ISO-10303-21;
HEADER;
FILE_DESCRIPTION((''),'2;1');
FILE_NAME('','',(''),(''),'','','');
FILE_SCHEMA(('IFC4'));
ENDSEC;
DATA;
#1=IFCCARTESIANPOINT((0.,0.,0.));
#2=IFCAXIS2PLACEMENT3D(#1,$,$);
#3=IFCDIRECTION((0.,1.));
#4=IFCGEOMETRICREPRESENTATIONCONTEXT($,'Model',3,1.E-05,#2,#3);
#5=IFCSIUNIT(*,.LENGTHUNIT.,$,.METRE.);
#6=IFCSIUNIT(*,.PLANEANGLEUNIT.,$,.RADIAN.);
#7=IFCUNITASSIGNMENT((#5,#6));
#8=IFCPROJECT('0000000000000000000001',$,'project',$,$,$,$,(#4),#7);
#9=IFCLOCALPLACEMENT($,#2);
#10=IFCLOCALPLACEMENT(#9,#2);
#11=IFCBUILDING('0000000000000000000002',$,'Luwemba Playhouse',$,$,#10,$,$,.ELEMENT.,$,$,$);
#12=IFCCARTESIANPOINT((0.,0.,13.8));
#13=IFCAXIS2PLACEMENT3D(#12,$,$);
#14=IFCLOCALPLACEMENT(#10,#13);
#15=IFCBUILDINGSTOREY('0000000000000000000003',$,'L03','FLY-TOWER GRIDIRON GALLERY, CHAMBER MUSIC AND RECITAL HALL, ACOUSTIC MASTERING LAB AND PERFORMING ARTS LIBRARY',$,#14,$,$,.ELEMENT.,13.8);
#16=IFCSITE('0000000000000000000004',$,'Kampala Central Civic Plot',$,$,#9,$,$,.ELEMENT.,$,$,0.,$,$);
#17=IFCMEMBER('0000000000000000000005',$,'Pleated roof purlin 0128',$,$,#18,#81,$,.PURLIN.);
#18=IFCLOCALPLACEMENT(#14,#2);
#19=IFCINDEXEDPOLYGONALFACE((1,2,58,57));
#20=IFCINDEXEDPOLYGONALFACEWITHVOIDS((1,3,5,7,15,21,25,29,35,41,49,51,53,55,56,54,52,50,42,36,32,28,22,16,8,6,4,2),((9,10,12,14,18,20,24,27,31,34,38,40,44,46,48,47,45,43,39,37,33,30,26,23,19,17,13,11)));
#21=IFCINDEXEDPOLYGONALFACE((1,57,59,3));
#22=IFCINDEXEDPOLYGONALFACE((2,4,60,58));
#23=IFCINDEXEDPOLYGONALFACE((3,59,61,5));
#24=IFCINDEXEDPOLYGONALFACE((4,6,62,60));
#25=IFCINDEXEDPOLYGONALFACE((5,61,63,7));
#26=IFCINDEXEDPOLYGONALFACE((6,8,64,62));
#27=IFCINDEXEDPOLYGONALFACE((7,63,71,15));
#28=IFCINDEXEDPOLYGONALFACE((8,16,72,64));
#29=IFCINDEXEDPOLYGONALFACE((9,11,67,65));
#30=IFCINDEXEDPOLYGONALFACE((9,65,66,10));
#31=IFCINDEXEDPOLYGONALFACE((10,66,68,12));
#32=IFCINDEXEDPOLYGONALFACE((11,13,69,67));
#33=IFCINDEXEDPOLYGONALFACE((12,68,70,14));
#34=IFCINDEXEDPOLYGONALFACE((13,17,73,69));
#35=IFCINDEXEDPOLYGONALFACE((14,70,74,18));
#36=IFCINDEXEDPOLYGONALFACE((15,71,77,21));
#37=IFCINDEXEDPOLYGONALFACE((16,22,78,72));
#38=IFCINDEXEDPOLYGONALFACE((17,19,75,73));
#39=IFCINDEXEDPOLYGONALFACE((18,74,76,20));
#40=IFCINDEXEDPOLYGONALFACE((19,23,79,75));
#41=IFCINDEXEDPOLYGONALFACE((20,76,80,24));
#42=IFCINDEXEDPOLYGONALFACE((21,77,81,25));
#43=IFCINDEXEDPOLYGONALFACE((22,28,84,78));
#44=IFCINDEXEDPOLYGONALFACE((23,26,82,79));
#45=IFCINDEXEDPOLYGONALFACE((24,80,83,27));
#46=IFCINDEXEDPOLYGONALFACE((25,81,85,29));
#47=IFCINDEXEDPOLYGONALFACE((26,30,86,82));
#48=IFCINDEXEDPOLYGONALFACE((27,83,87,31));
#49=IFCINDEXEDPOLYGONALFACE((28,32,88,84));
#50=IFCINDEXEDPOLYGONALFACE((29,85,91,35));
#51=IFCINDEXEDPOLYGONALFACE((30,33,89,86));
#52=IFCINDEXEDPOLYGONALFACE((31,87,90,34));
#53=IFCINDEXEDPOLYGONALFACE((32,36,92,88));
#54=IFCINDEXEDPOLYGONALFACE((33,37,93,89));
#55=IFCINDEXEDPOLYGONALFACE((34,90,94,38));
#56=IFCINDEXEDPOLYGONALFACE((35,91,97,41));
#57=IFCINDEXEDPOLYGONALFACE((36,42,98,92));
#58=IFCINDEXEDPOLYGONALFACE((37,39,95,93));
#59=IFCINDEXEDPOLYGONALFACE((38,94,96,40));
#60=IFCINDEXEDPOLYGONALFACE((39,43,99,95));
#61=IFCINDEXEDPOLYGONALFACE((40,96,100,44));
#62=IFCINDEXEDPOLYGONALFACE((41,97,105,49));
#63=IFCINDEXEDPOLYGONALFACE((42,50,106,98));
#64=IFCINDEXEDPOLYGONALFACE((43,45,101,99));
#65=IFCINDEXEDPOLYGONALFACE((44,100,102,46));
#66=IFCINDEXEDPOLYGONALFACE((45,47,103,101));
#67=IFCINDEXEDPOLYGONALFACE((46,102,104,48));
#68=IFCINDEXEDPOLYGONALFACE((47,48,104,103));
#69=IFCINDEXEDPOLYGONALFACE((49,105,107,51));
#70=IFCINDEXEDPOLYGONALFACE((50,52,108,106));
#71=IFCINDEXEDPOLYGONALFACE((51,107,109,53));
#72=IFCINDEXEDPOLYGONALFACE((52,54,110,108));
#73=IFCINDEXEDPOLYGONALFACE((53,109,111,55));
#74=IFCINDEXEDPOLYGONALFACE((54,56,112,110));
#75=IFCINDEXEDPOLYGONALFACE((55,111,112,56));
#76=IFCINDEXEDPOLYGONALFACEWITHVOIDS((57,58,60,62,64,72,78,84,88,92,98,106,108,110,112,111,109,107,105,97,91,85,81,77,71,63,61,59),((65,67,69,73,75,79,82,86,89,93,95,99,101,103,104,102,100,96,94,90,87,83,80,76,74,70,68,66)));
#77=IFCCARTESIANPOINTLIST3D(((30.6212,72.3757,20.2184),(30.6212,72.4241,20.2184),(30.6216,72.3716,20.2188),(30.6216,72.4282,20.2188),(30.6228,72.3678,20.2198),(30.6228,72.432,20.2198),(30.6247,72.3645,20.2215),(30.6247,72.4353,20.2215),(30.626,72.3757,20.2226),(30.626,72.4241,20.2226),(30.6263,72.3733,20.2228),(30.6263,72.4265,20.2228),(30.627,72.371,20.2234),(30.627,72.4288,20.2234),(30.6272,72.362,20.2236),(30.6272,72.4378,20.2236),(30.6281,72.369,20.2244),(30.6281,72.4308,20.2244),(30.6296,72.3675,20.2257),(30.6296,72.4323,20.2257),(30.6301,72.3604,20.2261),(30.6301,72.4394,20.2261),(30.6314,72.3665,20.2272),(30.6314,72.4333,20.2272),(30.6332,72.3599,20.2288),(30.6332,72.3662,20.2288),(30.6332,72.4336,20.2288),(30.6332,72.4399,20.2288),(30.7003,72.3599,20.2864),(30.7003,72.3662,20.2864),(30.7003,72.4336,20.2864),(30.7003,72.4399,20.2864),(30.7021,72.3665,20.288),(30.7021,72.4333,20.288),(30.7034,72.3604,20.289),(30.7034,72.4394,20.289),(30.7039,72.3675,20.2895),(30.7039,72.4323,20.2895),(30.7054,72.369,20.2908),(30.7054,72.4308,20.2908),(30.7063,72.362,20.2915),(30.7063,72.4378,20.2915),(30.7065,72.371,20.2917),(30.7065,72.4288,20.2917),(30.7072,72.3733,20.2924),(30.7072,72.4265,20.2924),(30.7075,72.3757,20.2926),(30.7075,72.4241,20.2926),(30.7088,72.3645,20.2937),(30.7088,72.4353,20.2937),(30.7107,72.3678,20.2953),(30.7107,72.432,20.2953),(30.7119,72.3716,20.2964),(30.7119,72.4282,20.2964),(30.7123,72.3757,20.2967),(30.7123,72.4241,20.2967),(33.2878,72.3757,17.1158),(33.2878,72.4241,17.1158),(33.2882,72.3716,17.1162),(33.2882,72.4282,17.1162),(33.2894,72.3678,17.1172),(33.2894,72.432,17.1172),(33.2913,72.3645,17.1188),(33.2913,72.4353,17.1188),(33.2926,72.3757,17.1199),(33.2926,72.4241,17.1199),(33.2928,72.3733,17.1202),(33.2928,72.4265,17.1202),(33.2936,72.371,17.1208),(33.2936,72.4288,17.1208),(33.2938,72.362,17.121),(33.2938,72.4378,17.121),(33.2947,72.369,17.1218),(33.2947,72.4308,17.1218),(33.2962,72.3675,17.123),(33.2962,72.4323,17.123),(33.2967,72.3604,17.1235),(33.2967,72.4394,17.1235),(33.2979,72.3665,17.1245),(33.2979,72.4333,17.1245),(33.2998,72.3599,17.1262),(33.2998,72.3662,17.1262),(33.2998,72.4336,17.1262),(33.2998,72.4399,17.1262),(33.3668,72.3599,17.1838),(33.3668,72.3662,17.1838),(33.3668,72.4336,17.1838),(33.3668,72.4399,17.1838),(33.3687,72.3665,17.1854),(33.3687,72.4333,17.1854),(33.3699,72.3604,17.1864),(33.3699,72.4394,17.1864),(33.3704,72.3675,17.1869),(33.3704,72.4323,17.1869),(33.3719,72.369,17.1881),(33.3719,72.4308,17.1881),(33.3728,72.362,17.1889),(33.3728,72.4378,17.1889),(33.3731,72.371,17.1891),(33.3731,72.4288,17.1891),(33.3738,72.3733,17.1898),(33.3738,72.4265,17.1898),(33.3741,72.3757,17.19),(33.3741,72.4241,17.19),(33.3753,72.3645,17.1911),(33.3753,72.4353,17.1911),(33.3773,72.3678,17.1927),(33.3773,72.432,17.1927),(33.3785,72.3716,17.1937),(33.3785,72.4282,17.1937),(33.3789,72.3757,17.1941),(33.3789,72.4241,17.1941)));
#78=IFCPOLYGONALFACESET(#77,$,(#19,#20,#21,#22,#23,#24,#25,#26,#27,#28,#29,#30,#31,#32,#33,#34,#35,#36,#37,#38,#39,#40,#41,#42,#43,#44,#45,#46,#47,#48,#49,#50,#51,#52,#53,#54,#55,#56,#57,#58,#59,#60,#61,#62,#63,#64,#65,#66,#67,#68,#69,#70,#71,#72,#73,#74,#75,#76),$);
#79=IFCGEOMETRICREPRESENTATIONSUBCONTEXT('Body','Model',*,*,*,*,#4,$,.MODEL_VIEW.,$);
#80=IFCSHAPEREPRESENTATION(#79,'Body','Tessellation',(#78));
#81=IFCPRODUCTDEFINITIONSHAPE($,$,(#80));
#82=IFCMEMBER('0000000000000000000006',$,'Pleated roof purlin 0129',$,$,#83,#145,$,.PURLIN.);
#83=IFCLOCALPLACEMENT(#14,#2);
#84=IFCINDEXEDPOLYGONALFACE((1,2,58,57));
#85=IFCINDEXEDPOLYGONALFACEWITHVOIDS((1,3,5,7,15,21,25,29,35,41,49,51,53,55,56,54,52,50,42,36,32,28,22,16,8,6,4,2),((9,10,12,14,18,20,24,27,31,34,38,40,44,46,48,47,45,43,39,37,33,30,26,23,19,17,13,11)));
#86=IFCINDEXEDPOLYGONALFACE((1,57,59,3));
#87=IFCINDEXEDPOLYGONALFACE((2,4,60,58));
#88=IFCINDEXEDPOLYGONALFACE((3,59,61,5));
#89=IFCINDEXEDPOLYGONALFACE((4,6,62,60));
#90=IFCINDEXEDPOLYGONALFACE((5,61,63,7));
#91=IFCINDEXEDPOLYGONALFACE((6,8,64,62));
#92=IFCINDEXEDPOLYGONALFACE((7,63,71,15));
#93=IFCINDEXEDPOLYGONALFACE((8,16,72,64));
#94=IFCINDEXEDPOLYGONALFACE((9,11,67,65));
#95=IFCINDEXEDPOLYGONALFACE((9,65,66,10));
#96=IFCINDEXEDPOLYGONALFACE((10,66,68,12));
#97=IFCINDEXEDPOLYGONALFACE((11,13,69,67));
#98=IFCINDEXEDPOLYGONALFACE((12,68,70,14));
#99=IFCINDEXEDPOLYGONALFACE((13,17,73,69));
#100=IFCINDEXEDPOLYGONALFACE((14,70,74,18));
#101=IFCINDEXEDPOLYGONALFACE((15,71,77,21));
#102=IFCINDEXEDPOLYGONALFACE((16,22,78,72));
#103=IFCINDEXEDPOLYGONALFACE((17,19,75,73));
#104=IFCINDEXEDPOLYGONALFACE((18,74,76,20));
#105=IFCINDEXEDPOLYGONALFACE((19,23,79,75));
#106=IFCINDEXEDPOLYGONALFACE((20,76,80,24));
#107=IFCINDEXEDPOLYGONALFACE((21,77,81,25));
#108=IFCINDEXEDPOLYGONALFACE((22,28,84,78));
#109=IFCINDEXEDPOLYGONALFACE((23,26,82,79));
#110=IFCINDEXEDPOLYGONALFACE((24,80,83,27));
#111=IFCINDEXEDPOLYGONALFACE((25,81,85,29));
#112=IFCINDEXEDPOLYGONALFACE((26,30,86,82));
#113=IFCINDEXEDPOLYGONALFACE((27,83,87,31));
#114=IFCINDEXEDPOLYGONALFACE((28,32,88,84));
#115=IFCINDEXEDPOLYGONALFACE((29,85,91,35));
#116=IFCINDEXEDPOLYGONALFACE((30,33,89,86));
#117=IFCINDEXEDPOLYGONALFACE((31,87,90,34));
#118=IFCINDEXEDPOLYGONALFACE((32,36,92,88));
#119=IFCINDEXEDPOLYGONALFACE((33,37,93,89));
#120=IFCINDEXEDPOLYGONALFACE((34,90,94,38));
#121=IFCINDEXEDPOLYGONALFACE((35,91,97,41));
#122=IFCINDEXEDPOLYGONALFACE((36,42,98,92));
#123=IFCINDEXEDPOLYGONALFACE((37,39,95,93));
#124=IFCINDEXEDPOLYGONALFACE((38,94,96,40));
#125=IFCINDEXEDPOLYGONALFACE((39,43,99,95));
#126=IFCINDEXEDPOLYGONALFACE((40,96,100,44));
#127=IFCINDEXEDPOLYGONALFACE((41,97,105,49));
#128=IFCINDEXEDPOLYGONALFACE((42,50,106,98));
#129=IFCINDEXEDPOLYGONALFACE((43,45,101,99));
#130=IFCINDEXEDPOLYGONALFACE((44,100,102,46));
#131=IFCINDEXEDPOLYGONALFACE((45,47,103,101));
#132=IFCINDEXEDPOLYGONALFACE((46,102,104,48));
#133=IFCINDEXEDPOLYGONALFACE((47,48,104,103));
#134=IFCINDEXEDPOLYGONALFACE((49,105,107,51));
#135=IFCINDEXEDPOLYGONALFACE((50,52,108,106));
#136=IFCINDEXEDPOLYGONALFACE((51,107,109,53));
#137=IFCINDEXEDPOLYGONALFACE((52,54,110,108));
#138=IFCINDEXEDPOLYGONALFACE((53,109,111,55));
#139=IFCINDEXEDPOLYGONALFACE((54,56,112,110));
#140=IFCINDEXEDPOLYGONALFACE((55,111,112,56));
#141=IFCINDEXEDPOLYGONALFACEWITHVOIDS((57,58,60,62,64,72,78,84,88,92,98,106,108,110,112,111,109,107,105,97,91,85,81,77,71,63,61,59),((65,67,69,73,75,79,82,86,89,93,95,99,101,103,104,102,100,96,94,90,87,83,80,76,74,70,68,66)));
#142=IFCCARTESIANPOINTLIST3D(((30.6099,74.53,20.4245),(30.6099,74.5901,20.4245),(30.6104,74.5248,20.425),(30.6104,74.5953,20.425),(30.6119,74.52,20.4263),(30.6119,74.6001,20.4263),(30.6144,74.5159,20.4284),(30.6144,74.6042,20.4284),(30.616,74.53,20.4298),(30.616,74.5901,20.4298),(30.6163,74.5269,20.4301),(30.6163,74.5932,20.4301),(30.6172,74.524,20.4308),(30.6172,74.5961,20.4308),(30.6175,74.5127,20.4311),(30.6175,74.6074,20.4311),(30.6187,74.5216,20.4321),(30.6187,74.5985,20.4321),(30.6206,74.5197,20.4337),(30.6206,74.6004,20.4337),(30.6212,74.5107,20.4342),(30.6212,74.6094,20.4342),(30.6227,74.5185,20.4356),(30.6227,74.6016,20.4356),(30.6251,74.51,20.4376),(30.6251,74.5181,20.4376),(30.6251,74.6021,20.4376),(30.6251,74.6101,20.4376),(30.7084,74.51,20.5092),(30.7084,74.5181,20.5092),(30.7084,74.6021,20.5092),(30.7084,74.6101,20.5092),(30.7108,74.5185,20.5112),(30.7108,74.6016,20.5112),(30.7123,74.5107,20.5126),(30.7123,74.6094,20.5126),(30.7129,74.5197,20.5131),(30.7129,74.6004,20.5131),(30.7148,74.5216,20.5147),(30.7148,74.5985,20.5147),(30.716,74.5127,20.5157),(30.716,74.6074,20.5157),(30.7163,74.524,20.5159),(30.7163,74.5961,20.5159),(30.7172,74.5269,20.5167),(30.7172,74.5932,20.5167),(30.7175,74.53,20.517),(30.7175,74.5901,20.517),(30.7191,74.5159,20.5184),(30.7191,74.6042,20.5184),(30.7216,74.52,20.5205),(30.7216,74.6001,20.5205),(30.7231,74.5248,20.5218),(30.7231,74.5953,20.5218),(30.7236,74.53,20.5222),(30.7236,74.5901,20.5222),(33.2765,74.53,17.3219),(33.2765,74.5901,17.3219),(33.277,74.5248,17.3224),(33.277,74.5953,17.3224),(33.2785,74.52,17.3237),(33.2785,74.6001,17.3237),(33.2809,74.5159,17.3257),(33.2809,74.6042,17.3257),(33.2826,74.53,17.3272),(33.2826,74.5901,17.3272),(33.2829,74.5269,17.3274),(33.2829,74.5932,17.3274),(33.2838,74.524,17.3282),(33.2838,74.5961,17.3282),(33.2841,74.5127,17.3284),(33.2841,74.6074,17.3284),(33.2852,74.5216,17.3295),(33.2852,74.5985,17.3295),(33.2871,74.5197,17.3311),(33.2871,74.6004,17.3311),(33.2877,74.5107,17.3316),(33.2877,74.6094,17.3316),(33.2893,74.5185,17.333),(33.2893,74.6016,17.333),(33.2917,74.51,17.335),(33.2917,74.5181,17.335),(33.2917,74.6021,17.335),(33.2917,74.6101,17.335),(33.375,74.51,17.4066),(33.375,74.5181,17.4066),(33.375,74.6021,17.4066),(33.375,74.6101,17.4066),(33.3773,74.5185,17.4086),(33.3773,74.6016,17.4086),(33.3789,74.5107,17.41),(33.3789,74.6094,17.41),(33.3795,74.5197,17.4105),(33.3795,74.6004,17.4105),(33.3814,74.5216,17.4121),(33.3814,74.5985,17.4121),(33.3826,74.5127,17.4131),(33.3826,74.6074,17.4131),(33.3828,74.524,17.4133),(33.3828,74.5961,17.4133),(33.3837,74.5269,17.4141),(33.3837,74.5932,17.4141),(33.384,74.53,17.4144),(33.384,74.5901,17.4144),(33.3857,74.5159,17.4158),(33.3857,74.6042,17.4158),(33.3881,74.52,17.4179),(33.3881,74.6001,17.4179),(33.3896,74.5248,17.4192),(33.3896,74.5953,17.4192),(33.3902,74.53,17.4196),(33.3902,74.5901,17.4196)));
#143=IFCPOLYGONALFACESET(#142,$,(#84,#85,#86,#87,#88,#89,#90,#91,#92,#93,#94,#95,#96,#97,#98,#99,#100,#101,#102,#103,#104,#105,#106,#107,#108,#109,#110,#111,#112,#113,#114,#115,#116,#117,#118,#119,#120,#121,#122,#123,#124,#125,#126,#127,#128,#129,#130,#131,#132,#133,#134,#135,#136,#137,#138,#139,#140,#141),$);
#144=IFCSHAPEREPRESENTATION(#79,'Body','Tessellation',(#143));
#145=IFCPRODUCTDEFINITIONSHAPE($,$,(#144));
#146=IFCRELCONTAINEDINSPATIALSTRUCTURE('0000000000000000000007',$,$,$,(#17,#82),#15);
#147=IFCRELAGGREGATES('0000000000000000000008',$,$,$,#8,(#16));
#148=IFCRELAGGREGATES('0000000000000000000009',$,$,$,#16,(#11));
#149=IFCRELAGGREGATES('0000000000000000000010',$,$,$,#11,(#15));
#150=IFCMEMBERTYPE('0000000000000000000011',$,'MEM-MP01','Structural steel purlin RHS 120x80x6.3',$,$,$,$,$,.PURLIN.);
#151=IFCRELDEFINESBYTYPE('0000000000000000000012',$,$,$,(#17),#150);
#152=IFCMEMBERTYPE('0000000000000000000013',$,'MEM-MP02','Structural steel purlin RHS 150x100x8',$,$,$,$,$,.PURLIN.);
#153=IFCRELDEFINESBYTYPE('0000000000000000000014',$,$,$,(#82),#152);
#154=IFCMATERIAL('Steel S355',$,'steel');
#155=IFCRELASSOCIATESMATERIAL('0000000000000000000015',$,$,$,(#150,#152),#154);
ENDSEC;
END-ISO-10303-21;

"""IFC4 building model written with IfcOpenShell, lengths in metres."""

from ifc_helpers import new_model, si_unit, direction, frame, origin, origin_2d, place, context, subcontext, project, spatial, hollow_rectangle, extrude, material, material_profile, profile_set, type_object, element, save


model = new_model("IFC4")

# Units and contexts
model_context = context("Model", 3, precision=1e-05, world=origin(), true_north=direction((0.0, 1.0)))
body_context = subcontext(model_context, "Body", "Model", "MODEL_VIEW")
ifc_project = project(units=[si_unit("LENGTHUNIT", "METRE"), si_unit("PLANEANGLEUNIT", "RADIAN")], contexts=[model_context])

# Site, building, storey
site_placement = place(None, origin())
site = spatial("IfcSite", under=ifc_project, at=site_placement, Name="Kampala Central Civic Plot", CompositionType="ELEMENT", RefElevation=0.0)
building_placement = place(site_placement, origin())
building = spatial("IfcBuilding", under=site, at=building_placement, Name="Luwemba Playhouse", CompositionType="ELEMENT")
storey_placement = place(building_placement, frame((0.0, 0.0, 13.8)))
storey = spatial("IfcBuildingStorey", under=building, at=storey_placement, Name="L03", Description="FLY-TOWER GRIDIRON GALLERY, CHAMBER MUSIC AND RECITAL HALL, ACOUSTIC MASTERING LAB AND PERFORMING ARTS LIBRARY", CompositionType="ELEMENT", Elevation=13.8)

# Shared definitions
ifc_material_1 = material(Name="Steel S355", Category="steel")

# Members
ifc_material_profile_1 = material_profile(ifc_material_1, hollow_rectangle(XDim=0.0801, YDim=0.1201, WallThickness=0.0063, InnerFilletRadius=0.0095, OuterFilletRadius=0.0159, at=origin_2d()))
ifc_profile_set_1 = profile_set([ifc_material_profile_1], Name="Steel S355")
member_type_1 = type_object("IfcMemberType", Name="MEM-MP01", Description="Structural steel purlin RHS 120x80x6.3", PredefinedType="PURLIN", material=ifc_profile_set_1)
member_1_placement = place(storey_placement, frame((30.6667, 72.3999, 20.2576), z_axis=(0.651803, 0.0, -0.758388), x_axis=(0.0, 1.0, 0.0)))
element("IfcMember", 1, at=member_1_placement, inside=storey, type_object=member_type_1, Name="Pleated roof purlin 0128", PredefinedType="PURLIN", context=body_context, shape_type="SweptSolid", body=[
    extrude(hollow_rectangle(XDim=0.0801, YDim=0.1201, WallThickness=0.0063, InnerFilletRadius=0.0095, OuterFilletRadius=0.0159, at=origin_2d()), origin(), (0.0, 0.0, 1.0), 4.0911),
])
ifc_material_profile_2 = material_profile(ifc_material_1, hollow_rectangle(XDim=0.1001, YDim=0.1499, WallThickness=0.0081, InnerFilletRadius=0.012, OuterFilletRadius=0.02, at=origin_2d()))
ifc_profile_set_2 = profile_set([ifc_material_profile_2], Name="Steel S355")
member_type_2 = type_object("IfcMemberType", Name="MEM-MP02", Description="Structural steel purlin RHS 150x100x8", PredefinedType="PURLIN", material=ifc_profile_set_2)
member_2_placement = place(storey_placement, frame((30.6667, 74.5601, 20.4734), z_axis=(0.651803, 0.0, -0.758388), x_axis=(0.0, 1.0, 0.0)))
element("IfcMember", 2, at=member_2_placement, inside=storey, type_object=member_type_2, Name="Pleated roof purlin 0129", PredefinedType="PURLIN", context=body_context, shape_type="SweptSolid", body=[
    extrude(hollow_rectangle(XDim=0.1001, YDim=0.1499, WallThickness=0.0081, InnerFilletRadius=0.012, OuterFilletRadius=0.02, at=origin_2d()), origin(), (0.0, 0.0, 1.0), 4.0911),
])

save(model, "model.ifc")
